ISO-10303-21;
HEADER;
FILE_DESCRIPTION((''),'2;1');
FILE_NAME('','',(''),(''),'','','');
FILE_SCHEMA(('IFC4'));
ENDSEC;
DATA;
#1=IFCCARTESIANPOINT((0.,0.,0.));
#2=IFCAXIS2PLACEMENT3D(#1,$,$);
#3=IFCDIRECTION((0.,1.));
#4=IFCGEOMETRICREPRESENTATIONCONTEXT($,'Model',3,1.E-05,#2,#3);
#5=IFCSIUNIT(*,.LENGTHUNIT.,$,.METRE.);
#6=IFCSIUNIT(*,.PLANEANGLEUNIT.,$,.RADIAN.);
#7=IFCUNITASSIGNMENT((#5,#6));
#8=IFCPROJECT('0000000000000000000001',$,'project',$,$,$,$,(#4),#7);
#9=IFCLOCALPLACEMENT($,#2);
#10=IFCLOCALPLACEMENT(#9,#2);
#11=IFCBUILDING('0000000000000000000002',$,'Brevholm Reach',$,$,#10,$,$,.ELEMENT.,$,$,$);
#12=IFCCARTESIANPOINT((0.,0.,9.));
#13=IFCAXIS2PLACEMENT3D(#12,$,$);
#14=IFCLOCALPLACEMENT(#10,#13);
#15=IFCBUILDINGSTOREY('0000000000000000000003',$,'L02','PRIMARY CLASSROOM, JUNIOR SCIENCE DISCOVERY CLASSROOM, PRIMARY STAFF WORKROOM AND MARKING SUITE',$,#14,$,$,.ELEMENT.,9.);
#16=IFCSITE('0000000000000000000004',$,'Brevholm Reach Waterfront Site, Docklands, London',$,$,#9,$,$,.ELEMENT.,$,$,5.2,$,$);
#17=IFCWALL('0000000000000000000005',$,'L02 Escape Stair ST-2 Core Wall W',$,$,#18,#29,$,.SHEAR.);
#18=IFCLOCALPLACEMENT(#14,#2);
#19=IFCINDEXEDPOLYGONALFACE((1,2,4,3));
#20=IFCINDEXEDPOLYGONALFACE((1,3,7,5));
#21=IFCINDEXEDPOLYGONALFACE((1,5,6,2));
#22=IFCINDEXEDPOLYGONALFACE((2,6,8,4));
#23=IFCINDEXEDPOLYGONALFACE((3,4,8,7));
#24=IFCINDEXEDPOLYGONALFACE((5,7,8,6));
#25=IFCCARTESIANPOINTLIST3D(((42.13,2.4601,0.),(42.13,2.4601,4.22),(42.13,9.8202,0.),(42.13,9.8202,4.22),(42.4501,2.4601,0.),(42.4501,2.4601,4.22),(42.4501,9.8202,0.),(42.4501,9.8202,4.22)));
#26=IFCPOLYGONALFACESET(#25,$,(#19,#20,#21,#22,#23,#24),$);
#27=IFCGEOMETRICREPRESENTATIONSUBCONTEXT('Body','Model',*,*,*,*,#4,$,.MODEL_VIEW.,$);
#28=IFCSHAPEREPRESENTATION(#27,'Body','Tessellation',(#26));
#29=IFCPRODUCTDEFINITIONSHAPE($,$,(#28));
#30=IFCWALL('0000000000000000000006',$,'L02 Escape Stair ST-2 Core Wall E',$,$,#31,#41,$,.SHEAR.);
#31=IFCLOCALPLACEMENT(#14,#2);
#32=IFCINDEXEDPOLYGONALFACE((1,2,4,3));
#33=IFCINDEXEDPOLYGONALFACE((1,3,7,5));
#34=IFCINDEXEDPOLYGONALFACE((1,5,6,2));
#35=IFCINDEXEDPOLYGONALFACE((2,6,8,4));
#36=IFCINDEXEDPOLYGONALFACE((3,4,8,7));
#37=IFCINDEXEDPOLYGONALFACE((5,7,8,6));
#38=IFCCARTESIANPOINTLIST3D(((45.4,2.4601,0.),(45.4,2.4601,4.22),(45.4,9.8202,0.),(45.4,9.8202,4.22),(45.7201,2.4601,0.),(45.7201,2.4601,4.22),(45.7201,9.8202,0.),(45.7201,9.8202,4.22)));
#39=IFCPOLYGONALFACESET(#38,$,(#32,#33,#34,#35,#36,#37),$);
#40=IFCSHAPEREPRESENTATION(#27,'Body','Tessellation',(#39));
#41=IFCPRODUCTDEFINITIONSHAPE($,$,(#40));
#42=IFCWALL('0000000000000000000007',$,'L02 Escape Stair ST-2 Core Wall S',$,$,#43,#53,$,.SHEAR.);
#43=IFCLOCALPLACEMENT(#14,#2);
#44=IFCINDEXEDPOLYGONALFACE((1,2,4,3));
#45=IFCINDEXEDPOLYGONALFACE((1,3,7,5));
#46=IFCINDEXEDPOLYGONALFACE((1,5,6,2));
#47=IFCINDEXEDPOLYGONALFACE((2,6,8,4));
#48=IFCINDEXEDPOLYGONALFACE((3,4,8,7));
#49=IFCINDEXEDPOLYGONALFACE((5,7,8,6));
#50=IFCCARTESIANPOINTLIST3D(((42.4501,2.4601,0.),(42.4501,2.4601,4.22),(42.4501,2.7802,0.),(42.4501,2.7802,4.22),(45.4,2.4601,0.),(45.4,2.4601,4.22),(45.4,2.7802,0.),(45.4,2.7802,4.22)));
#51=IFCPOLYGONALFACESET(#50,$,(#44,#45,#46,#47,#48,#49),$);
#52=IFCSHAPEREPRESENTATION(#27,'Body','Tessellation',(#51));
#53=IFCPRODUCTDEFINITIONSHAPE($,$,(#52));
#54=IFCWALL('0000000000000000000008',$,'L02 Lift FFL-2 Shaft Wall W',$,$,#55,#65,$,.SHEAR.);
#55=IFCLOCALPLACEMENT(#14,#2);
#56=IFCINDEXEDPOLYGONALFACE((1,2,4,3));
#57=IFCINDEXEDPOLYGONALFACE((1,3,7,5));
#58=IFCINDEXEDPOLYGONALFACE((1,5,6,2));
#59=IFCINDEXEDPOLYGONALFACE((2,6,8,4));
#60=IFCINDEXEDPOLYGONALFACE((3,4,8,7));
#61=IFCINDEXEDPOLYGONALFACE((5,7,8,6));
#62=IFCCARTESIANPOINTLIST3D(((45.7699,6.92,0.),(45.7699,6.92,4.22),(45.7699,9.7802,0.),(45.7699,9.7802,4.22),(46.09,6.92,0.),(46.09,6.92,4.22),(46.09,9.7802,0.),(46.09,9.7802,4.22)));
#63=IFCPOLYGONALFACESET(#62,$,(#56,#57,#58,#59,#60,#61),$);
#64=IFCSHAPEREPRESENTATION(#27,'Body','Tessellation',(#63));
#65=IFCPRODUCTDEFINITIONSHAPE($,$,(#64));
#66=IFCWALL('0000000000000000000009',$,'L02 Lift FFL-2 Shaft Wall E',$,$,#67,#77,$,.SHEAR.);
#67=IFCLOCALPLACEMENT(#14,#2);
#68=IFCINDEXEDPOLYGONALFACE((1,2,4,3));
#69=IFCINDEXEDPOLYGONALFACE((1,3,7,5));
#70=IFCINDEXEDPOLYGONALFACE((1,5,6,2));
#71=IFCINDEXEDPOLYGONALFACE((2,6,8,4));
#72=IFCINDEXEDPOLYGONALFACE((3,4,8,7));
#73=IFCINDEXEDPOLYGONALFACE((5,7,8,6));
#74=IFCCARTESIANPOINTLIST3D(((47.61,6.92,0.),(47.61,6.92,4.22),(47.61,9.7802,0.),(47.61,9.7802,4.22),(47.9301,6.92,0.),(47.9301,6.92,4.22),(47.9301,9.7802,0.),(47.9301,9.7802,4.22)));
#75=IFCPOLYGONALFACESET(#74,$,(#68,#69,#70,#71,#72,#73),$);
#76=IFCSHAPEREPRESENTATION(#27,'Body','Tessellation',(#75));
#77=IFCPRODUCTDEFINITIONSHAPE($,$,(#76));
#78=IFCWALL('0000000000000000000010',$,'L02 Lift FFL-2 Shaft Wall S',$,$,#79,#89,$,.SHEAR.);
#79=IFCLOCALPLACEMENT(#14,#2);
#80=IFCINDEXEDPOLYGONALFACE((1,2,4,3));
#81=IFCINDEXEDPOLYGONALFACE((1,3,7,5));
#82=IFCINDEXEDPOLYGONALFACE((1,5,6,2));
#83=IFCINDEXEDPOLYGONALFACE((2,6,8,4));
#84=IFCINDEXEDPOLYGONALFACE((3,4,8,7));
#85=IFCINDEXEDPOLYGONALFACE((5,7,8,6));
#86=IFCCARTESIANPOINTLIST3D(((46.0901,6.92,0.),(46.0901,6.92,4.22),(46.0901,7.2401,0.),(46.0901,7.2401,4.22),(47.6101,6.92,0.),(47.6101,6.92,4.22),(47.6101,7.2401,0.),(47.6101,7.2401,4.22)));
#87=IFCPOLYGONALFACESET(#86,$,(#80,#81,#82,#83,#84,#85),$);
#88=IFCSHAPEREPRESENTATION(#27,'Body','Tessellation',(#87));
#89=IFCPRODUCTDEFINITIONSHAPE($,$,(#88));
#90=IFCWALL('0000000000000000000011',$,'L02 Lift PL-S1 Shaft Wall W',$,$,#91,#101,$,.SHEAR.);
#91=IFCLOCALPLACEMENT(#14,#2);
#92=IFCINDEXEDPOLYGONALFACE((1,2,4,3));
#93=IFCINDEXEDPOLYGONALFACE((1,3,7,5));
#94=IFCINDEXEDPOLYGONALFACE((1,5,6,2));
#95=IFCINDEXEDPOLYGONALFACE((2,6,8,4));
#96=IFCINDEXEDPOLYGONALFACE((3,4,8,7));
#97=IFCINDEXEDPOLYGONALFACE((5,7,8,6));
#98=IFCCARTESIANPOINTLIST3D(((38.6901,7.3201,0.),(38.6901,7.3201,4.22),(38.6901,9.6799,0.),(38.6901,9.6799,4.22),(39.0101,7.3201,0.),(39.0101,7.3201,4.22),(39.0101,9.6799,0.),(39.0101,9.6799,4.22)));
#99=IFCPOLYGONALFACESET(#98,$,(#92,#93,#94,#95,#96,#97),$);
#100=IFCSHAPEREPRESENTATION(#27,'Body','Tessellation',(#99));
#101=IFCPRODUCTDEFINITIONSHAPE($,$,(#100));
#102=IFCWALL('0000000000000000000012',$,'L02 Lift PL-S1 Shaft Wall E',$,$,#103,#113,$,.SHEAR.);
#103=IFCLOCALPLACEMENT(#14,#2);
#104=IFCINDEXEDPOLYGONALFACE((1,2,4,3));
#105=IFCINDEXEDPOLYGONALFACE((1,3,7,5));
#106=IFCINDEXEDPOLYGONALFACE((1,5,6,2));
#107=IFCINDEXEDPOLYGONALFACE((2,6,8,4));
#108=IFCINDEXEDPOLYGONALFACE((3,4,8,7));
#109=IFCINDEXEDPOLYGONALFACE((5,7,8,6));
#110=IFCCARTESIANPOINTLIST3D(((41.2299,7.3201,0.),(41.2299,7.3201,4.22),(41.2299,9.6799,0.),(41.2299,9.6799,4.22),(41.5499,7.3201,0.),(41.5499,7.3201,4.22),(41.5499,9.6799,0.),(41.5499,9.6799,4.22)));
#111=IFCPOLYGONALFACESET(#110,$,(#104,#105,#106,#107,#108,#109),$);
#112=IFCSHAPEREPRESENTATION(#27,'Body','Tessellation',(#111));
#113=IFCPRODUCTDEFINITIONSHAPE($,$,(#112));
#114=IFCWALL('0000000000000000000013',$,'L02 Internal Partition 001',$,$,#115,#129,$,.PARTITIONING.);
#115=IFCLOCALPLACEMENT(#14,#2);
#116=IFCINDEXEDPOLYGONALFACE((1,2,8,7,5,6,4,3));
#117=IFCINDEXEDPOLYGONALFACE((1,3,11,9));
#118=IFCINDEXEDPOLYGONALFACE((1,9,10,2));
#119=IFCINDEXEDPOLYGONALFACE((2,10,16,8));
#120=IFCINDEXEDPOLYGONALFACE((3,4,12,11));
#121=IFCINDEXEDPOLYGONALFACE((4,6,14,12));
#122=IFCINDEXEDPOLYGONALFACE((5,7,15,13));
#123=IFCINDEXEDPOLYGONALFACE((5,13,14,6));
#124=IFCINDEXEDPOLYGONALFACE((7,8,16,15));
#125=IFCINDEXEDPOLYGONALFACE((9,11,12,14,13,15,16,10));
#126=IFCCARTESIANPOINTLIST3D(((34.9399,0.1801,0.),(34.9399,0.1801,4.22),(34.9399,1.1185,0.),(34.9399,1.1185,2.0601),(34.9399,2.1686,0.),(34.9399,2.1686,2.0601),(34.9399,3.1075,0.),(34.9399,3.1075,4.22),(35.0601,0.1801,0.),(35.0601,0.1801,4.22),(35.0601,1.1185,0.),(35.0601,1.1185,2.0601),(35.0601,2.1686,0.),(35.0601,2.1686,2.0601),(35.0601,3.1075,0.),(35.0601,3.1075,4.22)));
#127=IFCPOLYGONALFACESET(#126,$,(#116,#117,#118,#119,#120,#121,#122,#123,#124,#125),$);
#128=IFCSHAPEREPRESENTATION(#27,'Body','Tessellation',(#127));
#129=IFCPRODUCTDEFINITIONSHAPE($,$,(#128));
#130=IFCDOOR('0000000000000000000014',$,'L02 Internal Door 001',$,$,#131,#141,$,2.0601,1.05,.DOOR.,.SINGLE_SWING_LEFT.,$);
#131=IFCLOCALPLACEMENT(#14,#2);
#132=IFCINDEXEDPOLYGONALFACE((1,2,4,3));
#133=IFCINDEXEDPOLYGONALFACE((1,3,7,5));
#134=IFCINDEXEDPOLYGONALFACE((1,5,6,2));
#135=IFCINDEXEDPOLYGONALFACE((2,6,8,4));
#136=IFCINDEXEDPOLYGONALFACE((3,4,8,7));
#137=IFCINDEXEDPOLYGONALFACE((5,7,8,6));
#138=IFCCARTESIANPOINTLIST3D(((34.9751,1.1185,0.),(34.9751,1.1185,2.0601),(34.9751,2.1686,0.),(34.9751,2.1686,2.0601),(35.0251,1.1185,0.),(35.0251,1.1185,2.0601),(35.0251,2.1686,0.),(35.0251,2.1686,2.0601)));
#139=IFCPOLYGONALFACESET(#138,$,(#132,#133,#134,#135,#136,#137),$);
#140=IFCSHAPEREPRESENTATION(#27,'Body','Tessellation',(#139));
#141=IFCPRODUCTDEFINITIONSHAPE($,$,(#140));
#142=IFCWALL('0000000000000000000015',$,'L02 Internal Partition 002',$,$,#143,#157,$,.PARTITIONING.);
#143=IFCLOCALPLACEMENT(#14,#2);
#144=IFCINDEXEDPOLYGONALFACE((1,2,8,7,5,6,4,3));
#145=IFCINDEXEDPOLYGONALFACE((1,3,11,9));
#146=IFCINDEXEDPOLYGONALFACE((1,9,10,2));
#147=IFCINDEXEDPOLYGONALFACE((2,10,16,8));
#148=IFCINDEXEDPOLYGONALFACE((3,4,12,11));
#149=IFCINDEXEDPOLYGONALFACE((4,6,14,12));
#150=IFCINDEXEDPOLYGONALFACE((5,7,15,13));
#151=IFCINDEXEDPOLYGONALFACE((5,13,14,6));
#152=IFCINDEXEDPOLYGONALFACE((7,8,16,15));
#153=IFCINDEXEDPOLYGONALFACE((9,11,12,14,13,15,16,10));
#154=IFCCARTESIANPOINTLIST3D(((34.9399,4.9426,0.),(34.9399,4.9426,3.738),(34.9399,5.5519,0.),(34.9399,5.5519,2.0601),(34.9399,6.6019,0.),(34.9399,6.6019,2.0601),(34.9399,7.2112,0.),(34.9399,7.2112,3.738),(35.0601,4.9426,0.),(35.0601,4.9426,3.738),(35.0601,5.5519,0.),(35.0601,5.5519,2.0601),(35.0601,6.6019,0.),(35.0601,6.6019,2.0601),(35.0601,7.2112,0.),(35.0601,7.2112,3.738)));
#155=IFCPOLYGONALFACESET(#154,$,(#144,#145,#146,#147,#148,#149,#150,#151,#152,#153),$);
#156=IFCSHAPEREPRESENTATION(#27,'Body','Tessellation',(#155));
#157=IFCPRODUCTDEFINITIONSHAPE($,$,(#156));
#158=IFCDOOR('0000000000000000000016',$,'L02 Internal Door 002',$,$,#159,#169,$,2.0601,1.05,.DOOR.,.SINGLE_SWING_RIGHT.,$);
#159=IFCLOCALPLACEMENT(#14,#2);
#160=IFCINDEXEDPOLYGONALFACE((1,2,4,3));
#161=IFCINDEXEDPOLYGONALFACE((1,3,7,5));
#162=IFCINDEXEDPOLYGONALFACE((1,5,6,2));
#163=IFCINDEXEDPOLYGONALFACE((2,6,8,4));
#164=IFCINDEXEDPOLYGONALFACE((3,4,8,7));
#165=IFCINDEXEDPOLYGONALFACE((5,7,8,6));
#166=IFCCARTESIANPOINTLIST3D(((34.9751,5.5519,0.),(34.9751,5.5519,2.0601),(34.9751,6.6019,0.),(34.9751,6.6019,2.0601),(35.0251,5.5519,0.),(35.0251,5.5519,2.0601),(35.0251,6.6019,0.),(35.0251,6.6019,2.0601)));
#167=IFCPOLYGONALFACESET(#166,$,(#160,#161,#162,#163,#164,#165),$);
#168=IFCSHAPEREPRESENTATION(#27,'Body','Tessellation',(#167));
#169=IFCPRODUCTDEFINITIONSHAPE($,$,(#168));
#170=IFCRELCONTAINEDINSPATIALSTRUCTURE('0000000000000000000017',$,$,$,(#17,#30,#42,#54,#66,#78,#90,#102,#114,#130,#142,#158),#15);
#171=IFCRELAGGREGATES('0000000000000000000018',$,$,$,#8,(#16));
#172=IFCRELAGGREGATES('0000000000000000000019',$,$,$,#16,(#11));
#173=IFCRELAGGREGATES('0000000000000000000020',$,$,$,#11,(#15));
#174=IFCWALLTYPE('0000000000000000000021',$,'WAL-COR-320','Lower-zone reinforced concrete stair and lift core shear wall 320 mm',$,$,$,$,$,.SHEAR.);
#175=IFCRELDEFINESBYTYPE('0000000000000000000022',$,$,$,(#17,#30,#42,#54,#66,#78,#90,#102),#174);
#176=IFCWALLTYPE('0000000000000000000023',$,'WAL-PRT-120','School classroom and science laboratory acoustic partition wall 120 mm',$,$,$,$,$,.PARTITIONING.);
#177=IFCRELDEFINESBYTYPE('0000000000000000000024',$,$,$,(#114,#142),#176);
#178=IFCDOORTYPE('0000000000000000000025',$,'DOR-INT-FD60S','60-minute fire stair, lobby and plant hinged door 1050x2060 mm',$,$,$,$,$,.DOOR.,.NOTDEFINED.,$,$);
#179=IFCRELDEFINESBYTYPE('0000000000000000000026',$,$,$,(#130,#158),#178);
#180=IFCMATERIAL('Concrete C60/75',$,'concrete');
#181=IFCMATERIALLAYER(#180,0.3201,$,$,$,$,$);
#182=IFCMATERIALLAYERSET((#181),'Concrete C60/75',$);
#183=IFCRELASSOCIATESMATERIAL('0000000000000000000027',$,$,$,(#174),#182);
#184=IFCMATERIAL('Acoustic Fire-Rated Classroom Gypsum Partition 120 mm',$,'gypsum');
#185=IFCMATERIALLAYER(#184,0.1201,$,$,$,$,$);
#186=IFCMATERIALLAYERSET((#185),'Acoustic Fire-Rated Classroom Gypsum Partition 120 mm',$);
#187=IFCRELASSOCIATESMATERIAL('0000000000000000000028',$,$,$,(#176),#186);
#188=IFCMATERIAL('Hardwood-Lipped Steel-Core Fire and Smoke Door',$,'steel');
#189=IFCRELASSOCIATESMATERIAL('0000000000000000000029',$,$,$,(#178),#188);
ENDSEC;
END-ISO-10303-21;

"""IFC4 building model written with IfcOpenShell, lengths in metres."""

from ifc_helpers import new_model, si_unit, direction, frame, frame_2d, origin, place, context, subcontext, project, spatial, rectangle, extrude, material, layer, layer_set, type_object, element, fill, save


model = new_model("IFC4")

# Units and contexts
model_context = context("Model", 3, precision=1e-05, world=origin(), true_north=direction((0.0, 1.0)))
body_context = subcontext(model_context, "Body", "Model", "MODEL_VIEW")
ifc_project = project(units=[si_unit("LENGTHUNIT", "METRE"), si_unit("PLANEANGLEUNIT", "RADIAN")], contexts=[model_context])

# Site, building, storey
site_placement = place(None, origin())
site = spatial("IfcSite", under=ifc_project, at=site_placement, Name="Brevholm Reach Waterfront Site, Docklands, London", CompositionType="ELEMENT", RefElevation=5.2)
building_placement = place(site_placement, origin())
building = spatial("IfcBuilding", under=site, at=building_placement, Name="Brevholm Reach", CompositionType="ELEMENT")
storey_placement = place(building_placement, frame((0.0, 0.0, 9.0)))
storey = spatial("IfcBuildingStorey", under=building, at=storey_placement, Name="L02", Description="PRIMARY CLASSROOM, JUNIOR SCIENCE DISCOVERY CLASSROOM, PRIMARY STAFF WORKROOM AND MARKING SUITE", CompositionType="ELEMENT", Elevation=9.0)

# Walls
ifc_material_1 = material(Name="Concrete C60/75", Category="concrete")
ifc_layer_1 = layer(ifc_material_1, 0.3201)
ifc_layer_set_1 = layer_set([ifc_layer_1], Name="Concrete C60/75")
wall_type_1 = type_object("IfcWallType", Name="WAL-COR-320", Description="Lower-zone reinforced concrete stair and lift core shear wall 320 mm", PredefinedType="SHEAR", material=ifc_layer_set_1)
for number, where, z_axis, x_axis, name in (
    (1, (42.29, 2.46, 0.0), (0.0, 0.0, 1.0), (0.0, 1.0, 0.0), "L02 Escape Stair ST-2 Core Wall W"),
    (2, (45.5601, 2.46, 0.0), (0.0, 0.0, 1.0), (0.0, 1.0, 0.0), "L02 Escape Stair ST-2 Core Wall E"),
):
    element("IfcWall", number, at=place(storey_placement, frame(where, z_axis=z_axis, x_axis=x_axis)), inside=storey, type_object=wall_type_1, Name=name, PredefinedType="SHEAR", context=body_context, shape_type="SweptSolid", body=[
        extrude(rectangle(XDim=7.3601, YDim=0.3201, at=frame_2d((3.6802, 0.0))), origin(), (0.0, 0.0, 1.0), 4.22),
    ])
wall_1_placement = place(storey_placement, frame((42.45, 2.6201, 0.0), z_axis=(0.0, 0.0, 1.0), x_axis=(1.0, 0.0, 0.0)))
element("IfcWall", 3, at=wall_1_placement, inside=storey, type_object=wall_type_1, Name="L02 Escape Stair ST-2 Core Wall S", PredefinedType="SHEAR", context=body_context, shape_type="SweptSolid", body=[
    extrude(rectangle(XDim=2.95, YDim=0.3201, at=frame_2d((1.4751, 0.0))), origin(), (0.0, 0.0, 1.0), 4.22),
])
for number, where, z_axis, x_axis, name in (
    (4, (45.9299, 6.9199, 0.0), (0.0, 0.0, 1.0), (0.0, 1.0, 0.0), "L02 Lift FFL-2 Shaft Wall W"),
    (5, (47.77, 6.9199, 0.0), (0.0, 0.0, 1.0), (0.0, 1.0, 0.0), "L02 Lift FFL-2 Shaft Wall E"),
):
    element("IfcWall", number, at=place(storey_placement, frame(where, z_axis=z_axis, x_axis=x_axis)), inside=storey, type_object=wall_type_1, Name=name, PredefinedType="SHEAR", context=body_context, shape_type="SweptSolid", body=[
        extrude(rectangle(XDim=2.8601, YDim=0.3201, at=frame_2d((1.4302, 0.0))), origin(), (0.0, 0.0, 1.0), 4.22),
    ])
wall_2_placement = place(storey_placement, frame((46.0901, 7.0801, 0.0), z_axis=(0.0, 0.0, 1.0), x_axis=(1.0, 0.0, 0.0)))
element("IfcWall", 6, at=wall_2_placement, inside=storey, type_object=wall_type_1, Name="L02 Lift FFL-2 Shaft Wall S", PredefinedType="SHEAR", context=body_context, shape_type="SweptSolid", body=[
    extrude(rectangle(XDim=1.52, YDim=0.3201, at=frame_2d((0.76, 0.0))), origin(), (0.0, 0.0, 1.0), 4.22),
])
for number, where, z_axis, x_axis, name in (
    (7, (38.8501, 7.3201, 0.0), (0.0, 0.0, 1.0), (0.0, 1.0, 0.0), "L02 Lift PL-S1 Shaft Wall W"),
    (8, (41.3899, 7.3201, 0.0), (0.0, 0.0, 1.0), (0.0, 1.0, 0.0), "L02 Lift PL-S1 Shaft Wall E"),
):
    element("IfcWall", number, at=place(storey_placement, frame(where, z_axis=z_axis, x_axis=x_axis)), inside=storey, type_object=wall_type_1, Name=name, PredefinedType="SHEAR", context=body_context, shape_type="SweptSolid", body=[
        extrude(rectangle(XDim=2.3599, YDim=0.3201, at=frame_2d((1.1799, 0.0))), origin(), (0.0, 0.0, 1.0), 4.22),
    ])

# Walls, openings, doors
ifc_material_2 = material(Name="Acoustic Fire-Rated Classroom Gypsum Partition 120 mm", Category="gypsum")
ifc_layer_2 = layer(ifc_material_2, 0.1201)
ifc_layer_set_2 = layer_set([ifc_layer_2], Name="Acoustic Fire-Rated Classroom Gypsum Partition 120 mm")
wall_type_2 = type_object("IfcWallType", Name="WAL-PRT-120", Description="School classroom and science laboratory acoustic partition wall 120 mm", PredefinedType="PARTITIONING", material=ifc_layer_set_2)
wall_3_placement = place(storey_placement, frame((35.0, 0.1799, 0.0), z_axis=(0.0, 0.0, 1.0), x_axis=(0.0, 1.0, 0.0)))
wall_3 = element("IfcWall", 9, at=wall_3_placement, inside=storey, type_object=wall_type_2, Name="L02 Internal Partition 001", PredefinedType="PARTITIONING", context=body_context, shape_type="SweptSolid", body=[
    extrude(rectangle(XDim=2.9275, YDim=0.1201, at=frame_2d((1.4639, 0.0))), origin(), (0.0, 0.0, 1.0), 4.22),
])
opening_1_placement = place(wall_3_placement, frame((0.9387, 0.0, 0.0)))
opening_1 = element("IfcOpeningElement", 10, at=opening_1_placement, cuts=wall_3, PredefinedType="OPENING", context=body_context, shape_type="SweptSolid", body=[
    extrude(rectangle(XDim=1.05, YDim=2.0601, at=frame_2d((0.5249, 1.03))), frame((0.0, 0.0701, 0.0), z_axis=(0.0, -1.0, 0.0), x_axis=(1.0, 0.0, 0.0)), (0.0, 0.0, 1.0), 0.1401),
])
ifc_material_3 = material(Name="Hardwood-Lipped Steel-Core Fire and Smoke Door", Category="steel")
door_type = type_object("IfcDoorType", Name="DOR-INT-FD60S", Description="60-minute fire stair, lobby and plant hinged door 1050x2060 mm", OperationType="NOTDEFINED", PredefinedType="DOOR", material=ifc_material_3)
door_1_placement = place(opening_1_placement, origin())
door_1 = element("IfcDoor", 11, at=door_1_placement, inside=storey, type_object=door_type, Name="L02 Internal Door 001", OperationType="SINGLE_SWING_LEFT", OverallHeight=2.0601, OverallWidth=1.05, PredefinedType="DOOR", context=body_context, shape_type="SweptSolid", body=[
    extrude(rectangle(XDim=1.05, YDim=2.0601, at=frame_2d((0.5249, 1.03))), frame((0.0, 0.0249, 0.0), z_axis=(0.0, -1.0, 0.0), x_axis=(1.0, 0.0, 0.0)), (0.0, 0.0, 1.0), 0.05),
])
fill(opening_1, door_1)
wall_4_placement = place(storey_placement, frame((35.0, 4.9426, 0.0), z_axis=(0.0, 0.0, 1.0), x_axis=(0.0, 1.0, 0.0)))
wall_4 = element("IfcWall", 12, at=wall_4_placement, inside=storey, type_object=wall_type_2, Name="L02 Internal Partition 002", PredefinedType="PARTITIONING", context=body_context, shape_type="SweptSolid", body=[
    extrude(rectangle(XDim=2.2686, YDim=0.1201, at=frame_2d((1.1343, 0.0))), origin(), (0.0, 0.0, 1.0), 3.738),
])
opening_2_placement = place(wall_4_placement, frame((0.6094, 0.0, 0.0)))
opening_2 = element("IfcOpeningElement", 13, at=opening_2_placement, cuts=wall_4, PredefinedType="OPENING", context=body_context, shape_type="SweptSolid", body=[
    extrude(rectangle(XDim=1.05, YDim=2.0601, at=frame_2d((0.5249, 1.03))), frame((0.0, 0.0701, 0.0), z_axis=(0.0, -1.0, 0.0), x_axis=(1.0, 0.0, 0.0)), (0.0, 0.0, 1.0), 0.1401),
])
door_2_placement = place(opening_2_placement, origin())
door_2 = element("IfcDoor", 14, at=door_2_placement, inside=storey, type_object=door_type, Name="L02 Internal Door 002", OperationType="SINGLE_SWING_RIGHT", OverallHeight=2.0601, OverallWidth=1.05, PredefinedType="DOOR", context=body_context, shape_type="SweptSolid", body=[
    extrude(rectangle(XDim=1.05, YDim=2.0601, at=frame_2d((0.5249, 1.03))), frame((0.0, 0.0249, 0.0), z_axis=(0.0, -1.0, 0.0), x_axis=(1.0, 0.0, 0.0)), (0.0, 0.0, 1.0), 0.05),
])
fill(opening_2, door_2)

save(model, "model.ifc")
